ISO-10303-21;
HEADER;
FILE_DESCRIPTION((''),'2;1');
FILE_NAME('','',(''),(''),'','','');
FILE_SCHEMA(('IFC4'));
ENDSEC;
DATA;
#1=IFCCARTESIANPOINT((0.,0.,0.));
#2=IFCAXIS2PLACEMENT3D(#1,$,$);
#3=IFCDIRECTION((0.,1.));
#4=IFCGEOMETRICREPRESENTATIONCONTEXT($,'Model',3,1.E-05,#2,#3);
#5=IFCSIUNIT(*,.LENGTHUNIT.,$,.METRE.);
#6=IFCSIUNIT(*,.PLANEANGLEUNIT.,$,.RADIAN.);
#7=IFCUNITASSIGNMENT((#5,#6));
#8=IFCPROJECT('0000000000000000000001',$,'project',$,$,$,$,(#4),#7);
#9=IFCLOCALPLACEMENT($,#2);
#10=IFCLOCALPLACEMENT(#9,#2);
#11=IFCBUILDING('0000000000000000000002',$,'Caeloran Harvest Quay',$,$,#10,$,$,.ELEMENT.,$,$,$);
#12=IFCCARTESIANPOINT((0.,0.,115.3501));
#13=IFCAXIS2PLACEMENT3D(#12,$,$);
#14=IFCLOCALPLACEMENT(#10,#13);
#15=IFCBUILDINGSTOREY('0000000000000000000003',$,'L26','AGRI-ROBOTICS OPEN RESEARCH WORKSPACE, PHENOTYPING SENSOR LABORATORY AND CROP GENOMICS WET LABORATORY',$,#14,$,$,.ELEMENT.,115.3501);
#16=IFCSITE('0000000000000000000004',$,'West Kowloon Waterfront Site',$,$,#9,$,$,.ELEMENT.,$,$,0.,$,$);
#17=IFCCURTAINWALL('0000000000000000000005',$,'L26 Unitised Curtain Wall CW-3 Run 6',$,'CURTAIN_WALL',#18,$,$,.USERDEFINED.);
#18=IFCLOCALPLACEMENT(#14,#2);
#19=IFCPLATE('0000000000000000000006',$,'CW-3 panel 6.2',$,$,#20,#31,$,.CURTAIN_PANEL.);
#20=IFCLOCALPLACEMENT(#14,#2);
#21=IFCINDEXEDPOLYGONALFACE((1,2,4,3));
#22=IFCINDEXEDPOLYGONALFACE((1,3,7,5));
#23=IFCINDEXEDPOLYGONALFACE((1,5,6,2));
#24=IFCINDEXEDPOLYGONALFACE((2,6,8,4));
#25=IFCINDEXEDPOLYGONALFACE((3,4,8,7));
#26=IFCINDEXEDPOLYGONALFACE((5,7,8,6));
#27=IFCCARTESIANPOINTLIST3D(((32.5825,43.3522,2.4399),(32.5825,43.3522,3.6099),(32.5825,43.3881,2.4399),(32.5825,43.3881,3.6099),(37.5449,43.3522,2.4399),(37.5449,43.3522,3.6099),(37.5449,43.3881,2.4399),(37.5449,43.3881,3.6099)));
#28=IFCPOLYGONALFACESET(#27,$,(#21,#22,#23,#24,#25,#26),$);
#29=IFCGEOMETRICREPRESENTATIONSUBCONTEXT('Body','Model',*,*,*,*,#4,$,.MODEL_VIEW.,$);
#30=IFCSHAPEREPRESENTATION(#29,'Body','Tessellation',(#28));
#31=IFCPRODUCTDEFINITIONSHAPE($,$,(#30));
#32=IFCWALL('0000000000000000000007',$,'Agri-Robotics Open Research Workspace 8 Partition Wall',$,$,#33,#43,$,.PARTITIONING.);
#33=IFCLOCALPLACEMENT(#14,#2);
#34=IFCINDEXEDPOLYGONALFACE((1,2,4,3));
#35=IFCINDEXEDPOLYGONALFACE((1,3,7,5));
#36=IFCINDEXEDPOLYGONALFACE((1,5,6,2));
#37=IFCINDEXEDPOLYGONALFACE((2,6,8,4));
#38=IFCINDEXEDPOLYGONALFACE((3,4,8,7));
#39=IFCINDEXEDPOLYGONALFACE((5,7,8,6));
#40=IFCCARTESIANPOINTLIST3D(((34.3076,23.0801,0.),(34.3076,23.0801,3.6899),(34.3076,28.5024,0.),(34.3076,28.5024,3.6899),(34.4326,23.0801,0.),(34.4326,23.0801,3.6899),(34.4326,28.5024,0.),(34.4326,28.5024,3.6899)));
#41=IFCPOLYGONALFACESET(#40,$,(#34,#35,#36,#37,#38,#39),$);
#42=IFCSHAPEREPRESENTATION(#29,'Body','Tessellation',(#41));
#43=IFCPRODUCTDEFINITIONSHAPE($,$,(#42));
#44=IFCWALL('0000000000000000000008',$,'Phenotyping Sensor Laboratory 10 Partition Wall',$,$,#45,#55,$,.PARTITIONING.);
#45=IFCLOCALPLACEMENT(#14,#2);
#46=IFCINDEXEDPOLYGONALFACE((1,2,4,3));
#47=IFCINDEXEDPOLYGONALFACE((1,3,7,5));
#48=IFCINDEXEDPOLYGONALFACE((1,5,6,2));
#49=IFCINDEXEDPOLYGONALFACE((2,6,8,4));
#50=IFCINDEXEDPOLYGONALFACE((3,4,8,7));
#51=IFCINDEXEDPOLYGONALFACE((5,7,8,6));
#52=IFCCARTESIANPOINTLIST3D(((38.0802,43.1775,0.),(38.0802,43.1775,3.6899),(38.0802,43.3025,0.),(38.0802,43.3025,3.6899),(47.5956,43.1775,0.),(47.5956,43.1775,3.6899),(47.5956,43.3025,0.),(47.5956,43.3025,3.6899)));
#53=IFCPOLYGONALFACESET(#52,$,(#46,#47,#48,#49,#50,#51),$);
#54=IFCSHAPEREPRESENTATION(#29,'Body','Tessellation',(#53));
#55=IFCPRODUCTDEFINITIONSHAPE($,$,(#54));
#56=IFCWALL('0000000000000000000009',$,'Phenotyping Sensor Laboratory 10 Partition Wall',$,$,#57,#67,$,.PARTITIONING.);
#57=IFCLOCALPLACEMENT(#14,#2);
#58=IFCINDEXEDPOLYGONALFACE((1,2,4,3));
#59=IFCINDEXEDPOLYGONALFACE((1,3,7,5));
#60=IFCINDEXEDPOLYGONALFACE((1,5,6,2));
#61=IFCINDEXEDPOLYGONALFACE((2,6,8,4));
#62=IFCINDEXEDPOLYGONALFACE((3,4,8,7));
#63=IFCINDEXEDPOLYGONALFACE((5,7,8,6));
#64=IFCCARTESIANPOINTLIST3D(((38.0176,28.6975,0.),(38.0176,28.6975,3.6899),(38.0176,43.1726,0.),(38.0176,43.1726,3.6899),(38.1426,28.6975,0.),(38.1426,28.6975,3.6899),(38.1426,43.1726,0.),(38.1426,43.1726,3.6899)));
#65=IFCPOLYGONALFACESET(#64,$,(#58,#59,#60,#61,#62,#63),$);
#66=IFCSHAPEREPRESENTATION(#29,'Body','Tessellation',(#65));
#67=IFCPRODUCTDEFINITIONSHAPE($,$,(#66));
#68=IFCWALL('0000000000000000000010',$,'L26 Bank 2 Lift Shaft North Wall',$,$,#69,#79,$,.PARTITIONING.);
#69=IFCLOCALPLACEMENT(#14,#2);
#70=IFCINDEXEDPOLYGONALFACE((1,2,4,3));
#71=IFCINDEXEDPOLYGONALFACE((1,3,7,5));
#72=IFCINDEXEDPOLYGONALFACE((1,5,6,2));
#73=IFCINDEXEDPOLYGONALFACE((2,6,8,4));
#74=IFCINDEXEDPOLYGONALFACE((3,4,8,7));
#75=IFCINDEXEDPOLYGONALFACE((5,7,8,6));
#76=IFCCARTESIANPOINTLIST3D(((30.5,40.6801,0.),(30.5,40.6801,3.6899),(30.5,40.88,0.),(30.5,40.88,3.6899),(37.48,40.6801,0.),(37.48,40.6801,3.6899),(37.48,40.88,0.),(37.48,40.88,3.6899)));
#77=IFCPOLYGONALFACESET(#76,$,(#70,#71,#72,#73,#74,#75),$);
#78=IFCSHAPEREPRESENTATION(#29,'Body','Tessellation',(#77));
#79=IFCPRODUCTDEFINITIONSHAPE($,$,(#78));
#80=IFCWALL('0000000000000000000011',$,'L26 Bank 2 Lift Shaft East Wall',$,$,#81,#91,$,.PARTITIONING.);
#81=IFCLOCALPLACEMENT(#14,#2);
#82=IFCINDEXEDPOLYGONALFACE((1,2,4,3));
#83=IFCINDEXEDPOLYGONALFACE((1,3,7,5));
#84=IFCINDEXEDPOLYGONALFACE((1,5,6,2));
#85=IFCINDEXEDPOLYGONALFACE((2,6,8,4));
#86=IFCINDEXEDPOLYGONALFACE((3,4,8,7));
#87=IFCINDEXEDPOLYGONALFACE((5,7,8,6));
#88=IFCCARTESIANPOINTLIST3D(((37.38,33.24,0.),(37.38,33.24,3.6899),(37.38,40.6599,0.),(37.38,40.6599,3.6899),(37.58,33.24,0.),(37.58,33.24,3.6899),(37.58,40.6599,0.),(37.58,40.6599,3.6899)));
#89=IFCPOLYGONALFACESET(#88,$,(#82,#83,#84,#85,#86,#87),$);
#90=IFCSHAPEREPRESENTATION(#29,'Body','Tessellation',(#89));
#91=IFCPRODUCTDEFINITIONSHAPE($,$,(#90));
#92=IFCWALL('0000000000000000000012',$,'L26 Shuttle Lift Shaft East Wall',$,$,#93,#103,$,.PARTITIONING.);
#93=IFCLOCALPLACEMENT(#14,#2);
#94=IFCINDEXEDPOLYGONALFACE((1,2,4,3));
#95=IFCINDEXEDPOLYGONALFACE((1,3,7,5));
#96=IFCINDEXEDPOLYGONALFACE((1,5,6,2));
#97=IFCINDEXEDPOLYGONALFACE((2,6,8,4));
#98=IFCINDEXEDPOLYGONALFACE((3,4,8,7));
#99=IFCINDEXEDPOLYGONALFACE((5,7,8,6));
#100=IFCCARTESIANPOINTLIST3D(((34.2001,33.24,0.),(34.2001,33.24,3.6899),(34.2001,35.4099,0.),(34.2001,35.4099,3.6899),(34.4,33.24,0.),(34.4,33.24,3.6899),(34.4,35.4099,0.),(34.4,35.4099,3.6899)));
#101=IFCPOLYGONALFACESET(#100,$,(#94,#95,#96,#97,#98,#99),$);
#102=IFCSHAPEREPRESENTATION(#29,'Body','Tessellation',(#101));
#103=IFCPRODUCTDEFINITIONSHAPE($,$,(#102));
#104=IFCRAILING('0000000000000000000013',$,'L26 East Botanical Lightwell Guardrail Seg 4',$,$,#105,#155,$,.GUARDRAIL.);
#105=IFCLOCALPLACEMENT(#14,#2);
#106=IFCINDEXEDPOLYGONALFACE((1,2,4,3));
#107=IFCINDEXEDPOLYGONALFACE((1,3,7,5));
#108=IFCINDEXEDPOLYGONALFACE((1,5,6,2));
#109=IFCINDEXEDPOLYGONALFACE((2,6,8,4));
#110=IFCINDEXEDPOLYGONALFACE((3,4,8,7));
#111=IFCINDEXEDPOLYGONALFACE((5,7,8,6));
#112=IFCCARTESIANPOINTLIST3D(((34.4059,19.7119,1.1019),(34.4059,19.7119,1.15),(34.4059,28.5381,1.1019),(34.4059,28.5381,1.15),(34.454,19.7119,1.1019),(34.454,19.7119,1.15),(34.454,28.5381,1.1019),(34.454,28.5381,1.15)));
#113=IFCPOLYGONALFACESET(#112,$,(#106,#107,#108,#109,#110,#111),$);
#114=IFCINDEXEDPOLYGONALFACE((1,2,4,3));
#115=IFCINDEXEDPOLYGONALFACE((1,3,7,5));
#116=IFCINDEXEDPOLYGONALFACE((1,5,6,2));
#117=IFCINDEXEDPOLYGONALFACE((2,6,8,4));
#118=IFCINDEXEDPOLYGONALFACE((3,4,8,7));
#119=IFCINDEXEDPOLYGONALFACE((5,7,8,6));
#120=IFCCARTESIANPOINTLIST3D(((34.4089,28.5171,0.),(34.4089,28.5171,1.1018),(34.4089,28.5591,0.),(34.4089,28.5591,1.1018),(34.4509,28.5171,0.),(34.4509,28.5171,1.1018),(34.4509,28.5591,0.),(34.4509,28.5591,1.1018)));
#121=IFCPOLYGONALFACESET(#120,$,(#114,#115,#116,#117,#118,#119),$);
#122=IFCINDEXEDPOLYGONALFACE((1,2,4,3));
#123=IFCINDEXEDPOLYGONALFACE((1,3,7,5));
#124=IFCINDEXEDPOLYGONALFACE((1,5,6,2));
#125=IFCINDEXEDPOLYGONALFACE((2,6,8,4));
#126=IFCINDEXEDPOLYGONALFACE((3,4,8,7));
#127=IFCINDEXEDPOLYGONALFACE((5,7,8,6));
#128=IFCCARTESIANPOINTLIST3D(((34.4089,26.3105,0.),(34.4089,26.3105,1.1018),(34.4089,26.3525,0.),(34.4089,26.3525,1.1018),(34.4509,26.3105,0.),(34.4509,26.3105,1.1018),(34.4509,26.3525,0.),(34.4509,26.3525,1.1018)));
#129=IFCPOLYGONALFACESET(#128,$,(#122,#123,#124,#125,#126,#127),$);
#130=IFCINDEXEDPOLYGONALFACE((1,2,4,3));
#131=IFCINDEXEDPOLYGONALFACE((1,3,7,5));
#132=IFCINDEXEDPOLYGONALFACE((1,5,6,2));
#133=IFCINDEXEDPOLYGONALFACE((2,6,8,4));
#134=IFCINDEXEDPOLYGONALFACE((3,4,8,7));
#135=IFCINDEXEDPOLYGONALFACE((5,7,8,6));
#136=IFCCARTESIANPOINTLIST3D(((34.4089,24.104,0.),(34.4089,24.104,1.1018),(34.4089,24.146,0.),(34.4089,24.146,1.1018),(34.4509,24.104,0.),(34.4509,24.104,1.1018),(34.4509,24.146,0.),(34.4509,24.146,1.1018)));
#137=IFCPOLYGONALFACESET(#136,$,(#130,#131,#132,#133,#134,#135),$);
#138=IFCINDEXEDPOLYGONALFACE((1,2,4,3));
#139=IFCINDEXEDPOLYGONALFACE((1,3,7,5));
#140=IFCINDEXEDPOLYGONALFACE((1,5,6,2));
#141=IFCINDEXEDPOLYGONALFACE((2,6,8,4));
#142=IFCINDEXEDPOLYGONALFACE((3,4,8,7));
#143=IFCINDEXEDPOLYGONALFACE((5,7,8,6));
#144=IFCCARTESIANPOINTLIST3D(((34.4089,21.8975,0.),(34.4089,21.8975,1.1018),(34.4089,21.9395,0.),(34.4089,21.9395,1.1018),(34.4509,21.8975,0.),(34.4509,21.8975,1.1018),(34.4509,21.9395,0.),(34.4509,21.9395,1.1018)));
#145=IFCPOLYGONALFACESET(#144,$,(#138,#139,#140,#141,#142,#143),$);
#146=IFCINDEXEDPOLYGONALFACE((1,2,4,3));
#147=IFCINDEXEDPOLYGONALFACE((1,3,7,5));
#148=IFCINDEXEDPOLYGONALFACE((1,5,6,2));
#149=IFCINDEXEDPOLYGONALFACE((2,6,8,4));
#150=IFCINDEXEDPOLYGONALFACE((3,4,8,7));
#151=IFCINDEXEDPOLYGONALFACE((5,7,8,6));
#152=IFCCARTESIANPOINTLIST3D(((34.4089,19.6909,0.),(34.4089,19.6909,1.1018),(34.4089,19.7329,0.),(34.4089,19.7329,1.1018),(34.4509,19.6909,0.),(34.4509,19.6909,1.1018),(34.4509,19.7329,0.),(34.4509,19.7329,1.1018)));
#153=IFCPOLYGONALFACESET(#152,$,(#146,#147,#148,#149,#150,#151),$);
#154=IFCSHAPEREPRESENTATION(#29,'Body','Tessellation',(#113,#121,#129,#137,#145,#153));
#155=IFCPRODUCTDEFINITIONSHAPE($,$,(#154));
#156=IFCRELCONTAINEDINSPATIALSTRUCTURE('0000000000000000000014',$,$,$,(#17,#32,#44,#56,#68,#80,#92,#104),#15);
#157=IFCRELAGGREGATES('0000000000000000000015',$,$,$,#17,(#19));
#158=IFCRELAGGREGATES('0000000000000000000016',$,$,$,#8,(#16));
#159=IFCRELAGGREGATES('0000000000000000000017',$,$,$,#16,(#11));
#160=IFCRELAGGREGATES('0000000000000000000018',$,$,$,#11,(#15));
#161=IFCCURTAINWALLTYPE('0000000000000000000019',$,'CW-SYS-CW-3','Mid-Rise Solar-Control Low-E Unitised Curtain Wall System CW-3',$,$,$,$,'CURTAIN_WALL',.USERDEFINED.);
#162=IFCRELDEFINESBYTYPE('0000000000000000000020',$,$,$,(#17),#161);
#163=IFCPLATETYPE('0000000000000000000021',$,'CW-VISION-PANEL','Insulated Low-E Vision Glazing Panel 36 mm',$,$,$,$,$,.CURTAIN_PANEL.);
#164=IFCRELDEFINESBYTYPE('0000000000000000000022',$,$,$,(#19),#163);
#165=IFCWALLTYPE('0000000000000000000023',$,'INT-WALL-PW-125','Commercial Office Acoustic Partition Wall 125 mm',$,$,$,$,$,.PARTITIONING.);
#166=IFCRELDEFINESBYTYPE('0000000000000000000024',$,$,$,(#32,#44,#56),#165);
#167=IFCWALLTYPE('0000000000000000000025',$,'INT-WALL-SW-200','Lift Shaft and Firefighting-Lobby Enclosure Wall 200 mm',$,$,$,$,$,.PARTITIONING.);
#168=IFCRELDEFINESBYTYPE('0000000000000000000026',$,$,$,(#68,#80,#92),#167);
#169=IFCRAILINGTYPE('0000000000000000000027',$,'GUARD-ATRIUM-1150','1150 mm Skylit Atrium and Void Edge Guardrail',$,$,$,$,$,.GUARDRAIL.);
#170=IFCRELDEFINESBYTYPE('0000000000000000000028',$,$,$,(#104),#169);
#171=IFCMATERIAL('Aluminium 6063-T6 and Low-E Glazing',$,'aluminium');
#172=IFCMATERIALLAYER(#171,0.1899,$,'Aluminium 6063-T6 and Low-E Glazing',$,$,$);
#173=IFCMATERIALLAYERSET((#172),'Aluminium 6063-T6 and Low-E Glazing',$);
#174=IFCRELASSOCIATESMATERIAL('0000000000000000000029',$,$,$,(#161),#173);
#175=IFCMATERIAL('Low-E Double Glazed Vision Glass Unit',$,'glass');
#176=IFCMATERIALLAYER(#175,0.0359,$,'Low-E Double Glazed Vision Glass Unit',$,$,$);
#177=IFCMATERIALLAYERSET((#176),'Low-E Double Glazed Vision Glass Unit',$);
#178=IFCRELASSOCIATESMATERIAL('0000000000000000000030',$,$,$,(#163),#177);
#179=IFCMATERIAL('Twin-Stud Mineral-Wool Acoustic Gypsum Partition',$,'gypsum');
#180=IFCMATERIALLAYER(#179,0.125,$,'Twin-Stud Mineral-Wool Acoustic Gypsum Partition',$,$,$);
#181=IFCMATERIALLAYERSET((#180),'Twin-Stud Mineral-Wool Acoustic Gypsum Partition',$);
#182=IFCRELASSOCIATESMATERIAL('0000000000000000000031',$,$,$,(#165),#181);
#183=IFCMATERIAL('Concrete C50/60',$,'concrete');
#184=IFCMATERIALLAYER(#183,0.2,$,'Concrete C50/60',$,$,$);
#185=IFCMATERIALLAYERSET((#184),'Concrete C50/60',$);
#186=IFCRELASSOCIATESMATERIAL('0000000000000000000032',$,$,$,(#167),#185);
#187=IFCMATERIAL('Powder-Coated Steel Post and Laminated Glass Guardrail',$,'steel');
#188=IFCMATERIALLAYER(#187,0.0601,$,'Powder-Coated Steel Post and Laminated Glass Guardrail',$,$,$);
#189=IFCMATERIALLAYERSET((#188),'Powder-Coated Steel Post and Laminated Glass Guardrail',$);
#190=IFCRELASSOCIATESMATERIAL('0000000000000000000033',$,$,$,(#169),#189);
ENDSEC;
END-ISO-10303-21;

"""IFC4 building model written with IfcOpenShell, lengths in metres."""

from ifc_helpers import new_model, si_unit, direction, frame, frame_2d, origin, origin_2d, place, context, subcontext, project, spatial, rectangle, extrude, material, layer, layer_set, type_object, element, aggregate, save


model = new_model("IFC4")

# Units and contexts
model_context = context("Model", 3, precision=1e-05, world=origin(), true_north=direction((0.0, 1.0)))
body_context = subcontext(model_context, "Body", "Model", "MODEL_VIEW")
ifc_project = project(units=[si_unit("LENGTHUNIT", "METRE"), si_unit("PLANEANGLEUNIT", "RADIAN")], contexts=[model_context])

# Site, building, storey
site_placement = place(None, origin())
site = spatial("IfcSite", under=ifc_project, at=site_placement, Name="West Kowloon Waterfront Site", CompositionType="ELEMENT", RefElevation=0.0)
building_placement = place(site_placement, origin())
building = spatial("IfcBuilding", under=site, at=building_placement, Name="Caeloran Harvest Quay", CompositionType="ELEMENT")
storey_placement = place(building_placement, frame((0.0, 0.0, 115.3501)))
storey = spatial("IfcBuildingStorey", under=building, at=storey_placement, Name="L26", Description="AGRI-ROBOTICS OPEN RESEARCH WORKSPACE, PHENOTYPING SENSOR LABORATORY AND CROP GENOMICS WET LABORATORY", CompositionType="ELEMENT", Elevation=115.3501)

# Curtain wall, plate
ifc_material_1 = material(Name="Aluminium 6063-T6 and Low-E Glazing", Category="aluminium")
ifc_layer_1 = layer(ifc_material_1, 0.1899, Name="Aluminium 6063-T6 and Low-E Glazing")
ifc_layer_set_1 = layer_set([ifc_layer_1], Name="Aluminium 6063-T6 and Low-E Glazing")
curtain_wall_type = type_object("IfcCurtainWallType", Name="CW-SYS-CW-3", Description="Mid-Rise Solar-Control Low-E Unitised Curtain Wall System CW-3", ElementType="CURTAIN_WALL", PredefinedType="USERDEFINED", material=ifc_layer_set_1)
curtain_wall_placement = place(storey_placement, origin())
curtain_wall = element("IfcCurtainWall", 1, at=curtain_wall_placement, inside=storey, type_object=curtain_wall_type, Name="L26 Unitised Curtain Wall CW-3 Run 6", ObjectType="CURTAIN_WALL", PredefinedType="USERDEFINED")
ifc_material_2 = material(Name="Low-E Double Glazed Vision Glass Unit", Category="glass")
ifc_layer_2 = layer(ifc_material_2, 0.0359, Name="Low-E Double Glazed Vision Glass Unit")
ifc_layer_set_2 = layer_set([ifc_layer_2], Name="Low-E Double Glazed Vision Glass Unit")
plate_type = type_object("IfcPlateType", Name="CW-VISION-PANEL", Description="Insulated Low-E Vision Glazing Panel 36 mm", PredefinedType="CURTAIN_PANEL", material=ifc_layer_set_2)
plate_1_placement = place(storey_placement, frame((35.0637, 43.3701, 2.4399), z_axis=(0.0, 0.0, 1.0), x_axis=(1.0, 0.0, 0.0)))
plate_1 = element("IfcPlate", 2, at=plate_1_placement, type_object=plate_type, Name="CW-3 panel 6.2", PredefinedType="CURTAIN_PANEL", context=body_context, shape_type="SweptSolid", body=[
    extrude(rectangle(XDim=4.9624, YDim=0.0359, at=origin_2d()), origin(), (0.0, 0.0, 1.0), 1.1699),
])
aggregate(curtain_wall, [plate_1])

# Walls
ifc_material_3 = material(Name="Twin-Stud Mineral-Wool Acoustic Gypsum Partition", Category="gypsum")
ifc_layer_3 = layer(ifc_material_3, 0.125, Name="Twin-Stud Mineral-Wool Acoustic Gypsum Partition")
ifc_layer_set_3 = layer_set([ifc_layer_3], Name="Twin-Stud Mineral-Wool Acoustic Gypsum Partition")
wall_type_1 = type_object("IfcWallType", Name="INT-WALL-PW-125", Description="Commercial Office Acoustic Partition Wall 125 mm", PredefinedType="PARTITIONING", material=ifc_layer_set_3)
wall_1_placement = place(storey_placement, frame((34.3701, 28.5024, 0.0), z_axis=(0.0, 0.0, 1.0), x_axis=(0.0, -1.0, 0.0)))
element("IfcWall", 3, at=wall_1_placement, inside=storey, type_object=wall_type_1, Name="Agri-Robotics Open Research Workspace 8 Partition Wall", PredefinedType="PARTITIONING", context=body_context, shape_type="SweptSolid", body=[
    extrude(rectangle(XDim=5.4224, YDim=0.125, at=frame_2d((2.7112, 0.0))), origin(), (0.0, 0.0, 1.0), 3.6899),
])
wall_2_placement = place(storey_placement, frame((38.0801, 43.24, 0.0), z_axis=(0.0, 0.0, 1.0), x_axis=(1.0, 0.0, 0.0)))
element("IfcWall", 4, at=wall_2_placement, inside=storey, type_object=wall_type_1, Name="Phenotyping Sensor Laboratory 10 Partition Wall", PredefinedType="PARTITIONING", context=body_context, shape_type="SweptSolid", body=[
    extrude(rectangle(XDim=9.5154, YDim=0.125, at=frame_2d((4.7578, 0.0))), origin(), (0.0, 0.0, 1.0), 3.6899),
])
wall_3_placement = place(storey_placement, frame((38.0801, 28.6975, 0.0), z_axis=(0.0, 0.0, 1.0), x_axis=(0.0, 1.0, 0.0)))
element("IfcWall", 5, at=wall_3_placement, inside=storey, type_object=wall_type_1, Name="Phenotyping Sensor Laboratory 10 Partition Wall", PredefinedType="PARTITIONING", context=body_context, shape_type="SweptSolid", body=[
    extrude(rectangle(XDim=14.4751, YDim=0.125, at=frame_2d((7.2375, 0.0))), origin(), (0.0, 0.0, 1.0), 3.6899),
])
ifc_material_4 = material(Name="Concrete C50/60", Category="concrete")
ifc_layer_4 = layer(ifc_material_4, 0.2, Name="Concrete C50/60")
ifc_layer_set_4 = layer_set([ifc_layer_4], Name="Concrete C50/60")
wall_type_2 = type_object("IfcWallType", Name="INT-WALL-SW-200", Description="Lift Shaft and Firefighting-Lobby Enclosure Wall 200 mm", PredefinedType="PARTITIONING", material=ifc_layer_set_4)
wall_4_placement = place(storey_placement, frame((30.5, 40.78, 0.0), z_axis=(0.0, 0.0, 1.0), x_axis=(1.0, 0.0, 0.0)))
element("IfcWall", 6, at=wall_4_placement, inside=storey, type_object=wall_type_2, Name="L26 Bank 2 Lift Shaft North Wall", PredefinedType="PARTITIONING", context=body_context, shape_type="SweptSolid", body=[
    extrude(rectangle(XDim=6.98, YDim=0.2, at=frame_2d((3.49, 0.0))), origin(), (0.0, 0.0, 1.0), 3.6899),
])
wall_5_placement = place(storey_placement, frame((37.48, 33.24, 0.0), z_axis=(0.0, 0.0, 1.0), x_axis=(0.0, 1.0, 0.0)))
element("IfcWall", 7, at=wall_5_placement, inside=storey, type_object=wall_type_2, Name="L26 Bank 2 Lift Shaft East Wall", PredefinedType="PARTITIONING", context=body_context, shape_type="SweptSolid", body=[
    extrude(rectangle(XDim=7.4199, YDim=0.2, at=frame_2d((3.71, 0.0))), origin(), (0.0, 0.0, 1.0), 3.6899),
])
wall_6_placement = place(storey_placement, frame((34.3, 33.24, 0.0), z_axis=(0.0, 0.0, 1.0), x_axis=(0.0, 1.0, 0.0)))
element("IfcWall", 8, at=wall_6_placement, inside=storey, type_object=wall_type_2, Name="L26 Shuttle Lift Shaft East Wall", PredefinedType="PARTITIONING", context=body_context, shape_type="SweptSolid", body=[
    extrude(rectangle(XDim=2.1699, YDim=0.2, at=frame_2d((1.085, 0.0))), origin(), (0.0, 0.0, 1.0), 3.6899),
])

# Railing
ifc_material_5 = material(Name="Powder-Coated Steel Post and Laminated Glass Guardrail", Category="steel")
ifc_layer_5 = layer(ifc_material_5, 0.0601, Name="Powder-Coated Steel Post and Laminated Glass Guardrail")
ifc_layer_set_5 = layer_set([ifc_layer_5], Name="Powder-Coated Steel Post and Laminated Glass Guardrail")
railing_type = type_object("IfcRailingType", Name="GUARD-ATRIUM-1150", Description="1150 mm Skylit Atrium and Void Edge Guardrail", PredefinedType="GUARDRAIL", material=ifc_layer_set_5)
railing_placement = place(storey_placement, frame((34.4299, 28.5381, 0.0)))
element("IfcRailing", 9, at=railing_placement, inside=storey, type_object=railing_type, Name="L26 East Botanical Lightwell Guardrail Seg 4", PredefinedType="GUARDRAIL", context=body_context, shape_type="SweptSolid", body=[
    extrude(rectangle(XDim=0.0481, YDim=0.0481, at=origin_2d()), frame((0.0, 0.0, 1.126), z_axis=(0.0, -1.0, 0.0), x_axis=(1.0, 0.0, 0.0)), (0.0, 0.0, 1.0), 8.8262),
    extrude(rectangle(XDim=0.042, YDim=0.042, at=origin_2d()), origin(), (0.0, 0.0, 1.0), 1.1018),
    extrude(rectangle(XDim=0.042, YDim=0.042, at=origin_2d()), frame((0.0, -2.2065, 0.0)), (0.0, 0.0, 1.0), 1.1018),
    extrude(rectangle(XDim=0.042, YDim=0.042, at=origin_2d()), frame((0.0, -4.4131, 0.0)), (0.0, 0.0, 1.0), 1.1018),
    extrude(rectangle(XDim=0.042, YDim=0.042, at=origin_2d()), frame((0.0, -6.6196, 0.0)), (0.0, 0.0, 1.0), 1.1018),
    extrude(rectangle(XDim=0.042, YDim=0.042, at=origin_2d()), frame((0.0, -8.8262, 0.0)), (0.0, 0.0, 1.0), 1.1018),
])

save(model, "model.ifc")
